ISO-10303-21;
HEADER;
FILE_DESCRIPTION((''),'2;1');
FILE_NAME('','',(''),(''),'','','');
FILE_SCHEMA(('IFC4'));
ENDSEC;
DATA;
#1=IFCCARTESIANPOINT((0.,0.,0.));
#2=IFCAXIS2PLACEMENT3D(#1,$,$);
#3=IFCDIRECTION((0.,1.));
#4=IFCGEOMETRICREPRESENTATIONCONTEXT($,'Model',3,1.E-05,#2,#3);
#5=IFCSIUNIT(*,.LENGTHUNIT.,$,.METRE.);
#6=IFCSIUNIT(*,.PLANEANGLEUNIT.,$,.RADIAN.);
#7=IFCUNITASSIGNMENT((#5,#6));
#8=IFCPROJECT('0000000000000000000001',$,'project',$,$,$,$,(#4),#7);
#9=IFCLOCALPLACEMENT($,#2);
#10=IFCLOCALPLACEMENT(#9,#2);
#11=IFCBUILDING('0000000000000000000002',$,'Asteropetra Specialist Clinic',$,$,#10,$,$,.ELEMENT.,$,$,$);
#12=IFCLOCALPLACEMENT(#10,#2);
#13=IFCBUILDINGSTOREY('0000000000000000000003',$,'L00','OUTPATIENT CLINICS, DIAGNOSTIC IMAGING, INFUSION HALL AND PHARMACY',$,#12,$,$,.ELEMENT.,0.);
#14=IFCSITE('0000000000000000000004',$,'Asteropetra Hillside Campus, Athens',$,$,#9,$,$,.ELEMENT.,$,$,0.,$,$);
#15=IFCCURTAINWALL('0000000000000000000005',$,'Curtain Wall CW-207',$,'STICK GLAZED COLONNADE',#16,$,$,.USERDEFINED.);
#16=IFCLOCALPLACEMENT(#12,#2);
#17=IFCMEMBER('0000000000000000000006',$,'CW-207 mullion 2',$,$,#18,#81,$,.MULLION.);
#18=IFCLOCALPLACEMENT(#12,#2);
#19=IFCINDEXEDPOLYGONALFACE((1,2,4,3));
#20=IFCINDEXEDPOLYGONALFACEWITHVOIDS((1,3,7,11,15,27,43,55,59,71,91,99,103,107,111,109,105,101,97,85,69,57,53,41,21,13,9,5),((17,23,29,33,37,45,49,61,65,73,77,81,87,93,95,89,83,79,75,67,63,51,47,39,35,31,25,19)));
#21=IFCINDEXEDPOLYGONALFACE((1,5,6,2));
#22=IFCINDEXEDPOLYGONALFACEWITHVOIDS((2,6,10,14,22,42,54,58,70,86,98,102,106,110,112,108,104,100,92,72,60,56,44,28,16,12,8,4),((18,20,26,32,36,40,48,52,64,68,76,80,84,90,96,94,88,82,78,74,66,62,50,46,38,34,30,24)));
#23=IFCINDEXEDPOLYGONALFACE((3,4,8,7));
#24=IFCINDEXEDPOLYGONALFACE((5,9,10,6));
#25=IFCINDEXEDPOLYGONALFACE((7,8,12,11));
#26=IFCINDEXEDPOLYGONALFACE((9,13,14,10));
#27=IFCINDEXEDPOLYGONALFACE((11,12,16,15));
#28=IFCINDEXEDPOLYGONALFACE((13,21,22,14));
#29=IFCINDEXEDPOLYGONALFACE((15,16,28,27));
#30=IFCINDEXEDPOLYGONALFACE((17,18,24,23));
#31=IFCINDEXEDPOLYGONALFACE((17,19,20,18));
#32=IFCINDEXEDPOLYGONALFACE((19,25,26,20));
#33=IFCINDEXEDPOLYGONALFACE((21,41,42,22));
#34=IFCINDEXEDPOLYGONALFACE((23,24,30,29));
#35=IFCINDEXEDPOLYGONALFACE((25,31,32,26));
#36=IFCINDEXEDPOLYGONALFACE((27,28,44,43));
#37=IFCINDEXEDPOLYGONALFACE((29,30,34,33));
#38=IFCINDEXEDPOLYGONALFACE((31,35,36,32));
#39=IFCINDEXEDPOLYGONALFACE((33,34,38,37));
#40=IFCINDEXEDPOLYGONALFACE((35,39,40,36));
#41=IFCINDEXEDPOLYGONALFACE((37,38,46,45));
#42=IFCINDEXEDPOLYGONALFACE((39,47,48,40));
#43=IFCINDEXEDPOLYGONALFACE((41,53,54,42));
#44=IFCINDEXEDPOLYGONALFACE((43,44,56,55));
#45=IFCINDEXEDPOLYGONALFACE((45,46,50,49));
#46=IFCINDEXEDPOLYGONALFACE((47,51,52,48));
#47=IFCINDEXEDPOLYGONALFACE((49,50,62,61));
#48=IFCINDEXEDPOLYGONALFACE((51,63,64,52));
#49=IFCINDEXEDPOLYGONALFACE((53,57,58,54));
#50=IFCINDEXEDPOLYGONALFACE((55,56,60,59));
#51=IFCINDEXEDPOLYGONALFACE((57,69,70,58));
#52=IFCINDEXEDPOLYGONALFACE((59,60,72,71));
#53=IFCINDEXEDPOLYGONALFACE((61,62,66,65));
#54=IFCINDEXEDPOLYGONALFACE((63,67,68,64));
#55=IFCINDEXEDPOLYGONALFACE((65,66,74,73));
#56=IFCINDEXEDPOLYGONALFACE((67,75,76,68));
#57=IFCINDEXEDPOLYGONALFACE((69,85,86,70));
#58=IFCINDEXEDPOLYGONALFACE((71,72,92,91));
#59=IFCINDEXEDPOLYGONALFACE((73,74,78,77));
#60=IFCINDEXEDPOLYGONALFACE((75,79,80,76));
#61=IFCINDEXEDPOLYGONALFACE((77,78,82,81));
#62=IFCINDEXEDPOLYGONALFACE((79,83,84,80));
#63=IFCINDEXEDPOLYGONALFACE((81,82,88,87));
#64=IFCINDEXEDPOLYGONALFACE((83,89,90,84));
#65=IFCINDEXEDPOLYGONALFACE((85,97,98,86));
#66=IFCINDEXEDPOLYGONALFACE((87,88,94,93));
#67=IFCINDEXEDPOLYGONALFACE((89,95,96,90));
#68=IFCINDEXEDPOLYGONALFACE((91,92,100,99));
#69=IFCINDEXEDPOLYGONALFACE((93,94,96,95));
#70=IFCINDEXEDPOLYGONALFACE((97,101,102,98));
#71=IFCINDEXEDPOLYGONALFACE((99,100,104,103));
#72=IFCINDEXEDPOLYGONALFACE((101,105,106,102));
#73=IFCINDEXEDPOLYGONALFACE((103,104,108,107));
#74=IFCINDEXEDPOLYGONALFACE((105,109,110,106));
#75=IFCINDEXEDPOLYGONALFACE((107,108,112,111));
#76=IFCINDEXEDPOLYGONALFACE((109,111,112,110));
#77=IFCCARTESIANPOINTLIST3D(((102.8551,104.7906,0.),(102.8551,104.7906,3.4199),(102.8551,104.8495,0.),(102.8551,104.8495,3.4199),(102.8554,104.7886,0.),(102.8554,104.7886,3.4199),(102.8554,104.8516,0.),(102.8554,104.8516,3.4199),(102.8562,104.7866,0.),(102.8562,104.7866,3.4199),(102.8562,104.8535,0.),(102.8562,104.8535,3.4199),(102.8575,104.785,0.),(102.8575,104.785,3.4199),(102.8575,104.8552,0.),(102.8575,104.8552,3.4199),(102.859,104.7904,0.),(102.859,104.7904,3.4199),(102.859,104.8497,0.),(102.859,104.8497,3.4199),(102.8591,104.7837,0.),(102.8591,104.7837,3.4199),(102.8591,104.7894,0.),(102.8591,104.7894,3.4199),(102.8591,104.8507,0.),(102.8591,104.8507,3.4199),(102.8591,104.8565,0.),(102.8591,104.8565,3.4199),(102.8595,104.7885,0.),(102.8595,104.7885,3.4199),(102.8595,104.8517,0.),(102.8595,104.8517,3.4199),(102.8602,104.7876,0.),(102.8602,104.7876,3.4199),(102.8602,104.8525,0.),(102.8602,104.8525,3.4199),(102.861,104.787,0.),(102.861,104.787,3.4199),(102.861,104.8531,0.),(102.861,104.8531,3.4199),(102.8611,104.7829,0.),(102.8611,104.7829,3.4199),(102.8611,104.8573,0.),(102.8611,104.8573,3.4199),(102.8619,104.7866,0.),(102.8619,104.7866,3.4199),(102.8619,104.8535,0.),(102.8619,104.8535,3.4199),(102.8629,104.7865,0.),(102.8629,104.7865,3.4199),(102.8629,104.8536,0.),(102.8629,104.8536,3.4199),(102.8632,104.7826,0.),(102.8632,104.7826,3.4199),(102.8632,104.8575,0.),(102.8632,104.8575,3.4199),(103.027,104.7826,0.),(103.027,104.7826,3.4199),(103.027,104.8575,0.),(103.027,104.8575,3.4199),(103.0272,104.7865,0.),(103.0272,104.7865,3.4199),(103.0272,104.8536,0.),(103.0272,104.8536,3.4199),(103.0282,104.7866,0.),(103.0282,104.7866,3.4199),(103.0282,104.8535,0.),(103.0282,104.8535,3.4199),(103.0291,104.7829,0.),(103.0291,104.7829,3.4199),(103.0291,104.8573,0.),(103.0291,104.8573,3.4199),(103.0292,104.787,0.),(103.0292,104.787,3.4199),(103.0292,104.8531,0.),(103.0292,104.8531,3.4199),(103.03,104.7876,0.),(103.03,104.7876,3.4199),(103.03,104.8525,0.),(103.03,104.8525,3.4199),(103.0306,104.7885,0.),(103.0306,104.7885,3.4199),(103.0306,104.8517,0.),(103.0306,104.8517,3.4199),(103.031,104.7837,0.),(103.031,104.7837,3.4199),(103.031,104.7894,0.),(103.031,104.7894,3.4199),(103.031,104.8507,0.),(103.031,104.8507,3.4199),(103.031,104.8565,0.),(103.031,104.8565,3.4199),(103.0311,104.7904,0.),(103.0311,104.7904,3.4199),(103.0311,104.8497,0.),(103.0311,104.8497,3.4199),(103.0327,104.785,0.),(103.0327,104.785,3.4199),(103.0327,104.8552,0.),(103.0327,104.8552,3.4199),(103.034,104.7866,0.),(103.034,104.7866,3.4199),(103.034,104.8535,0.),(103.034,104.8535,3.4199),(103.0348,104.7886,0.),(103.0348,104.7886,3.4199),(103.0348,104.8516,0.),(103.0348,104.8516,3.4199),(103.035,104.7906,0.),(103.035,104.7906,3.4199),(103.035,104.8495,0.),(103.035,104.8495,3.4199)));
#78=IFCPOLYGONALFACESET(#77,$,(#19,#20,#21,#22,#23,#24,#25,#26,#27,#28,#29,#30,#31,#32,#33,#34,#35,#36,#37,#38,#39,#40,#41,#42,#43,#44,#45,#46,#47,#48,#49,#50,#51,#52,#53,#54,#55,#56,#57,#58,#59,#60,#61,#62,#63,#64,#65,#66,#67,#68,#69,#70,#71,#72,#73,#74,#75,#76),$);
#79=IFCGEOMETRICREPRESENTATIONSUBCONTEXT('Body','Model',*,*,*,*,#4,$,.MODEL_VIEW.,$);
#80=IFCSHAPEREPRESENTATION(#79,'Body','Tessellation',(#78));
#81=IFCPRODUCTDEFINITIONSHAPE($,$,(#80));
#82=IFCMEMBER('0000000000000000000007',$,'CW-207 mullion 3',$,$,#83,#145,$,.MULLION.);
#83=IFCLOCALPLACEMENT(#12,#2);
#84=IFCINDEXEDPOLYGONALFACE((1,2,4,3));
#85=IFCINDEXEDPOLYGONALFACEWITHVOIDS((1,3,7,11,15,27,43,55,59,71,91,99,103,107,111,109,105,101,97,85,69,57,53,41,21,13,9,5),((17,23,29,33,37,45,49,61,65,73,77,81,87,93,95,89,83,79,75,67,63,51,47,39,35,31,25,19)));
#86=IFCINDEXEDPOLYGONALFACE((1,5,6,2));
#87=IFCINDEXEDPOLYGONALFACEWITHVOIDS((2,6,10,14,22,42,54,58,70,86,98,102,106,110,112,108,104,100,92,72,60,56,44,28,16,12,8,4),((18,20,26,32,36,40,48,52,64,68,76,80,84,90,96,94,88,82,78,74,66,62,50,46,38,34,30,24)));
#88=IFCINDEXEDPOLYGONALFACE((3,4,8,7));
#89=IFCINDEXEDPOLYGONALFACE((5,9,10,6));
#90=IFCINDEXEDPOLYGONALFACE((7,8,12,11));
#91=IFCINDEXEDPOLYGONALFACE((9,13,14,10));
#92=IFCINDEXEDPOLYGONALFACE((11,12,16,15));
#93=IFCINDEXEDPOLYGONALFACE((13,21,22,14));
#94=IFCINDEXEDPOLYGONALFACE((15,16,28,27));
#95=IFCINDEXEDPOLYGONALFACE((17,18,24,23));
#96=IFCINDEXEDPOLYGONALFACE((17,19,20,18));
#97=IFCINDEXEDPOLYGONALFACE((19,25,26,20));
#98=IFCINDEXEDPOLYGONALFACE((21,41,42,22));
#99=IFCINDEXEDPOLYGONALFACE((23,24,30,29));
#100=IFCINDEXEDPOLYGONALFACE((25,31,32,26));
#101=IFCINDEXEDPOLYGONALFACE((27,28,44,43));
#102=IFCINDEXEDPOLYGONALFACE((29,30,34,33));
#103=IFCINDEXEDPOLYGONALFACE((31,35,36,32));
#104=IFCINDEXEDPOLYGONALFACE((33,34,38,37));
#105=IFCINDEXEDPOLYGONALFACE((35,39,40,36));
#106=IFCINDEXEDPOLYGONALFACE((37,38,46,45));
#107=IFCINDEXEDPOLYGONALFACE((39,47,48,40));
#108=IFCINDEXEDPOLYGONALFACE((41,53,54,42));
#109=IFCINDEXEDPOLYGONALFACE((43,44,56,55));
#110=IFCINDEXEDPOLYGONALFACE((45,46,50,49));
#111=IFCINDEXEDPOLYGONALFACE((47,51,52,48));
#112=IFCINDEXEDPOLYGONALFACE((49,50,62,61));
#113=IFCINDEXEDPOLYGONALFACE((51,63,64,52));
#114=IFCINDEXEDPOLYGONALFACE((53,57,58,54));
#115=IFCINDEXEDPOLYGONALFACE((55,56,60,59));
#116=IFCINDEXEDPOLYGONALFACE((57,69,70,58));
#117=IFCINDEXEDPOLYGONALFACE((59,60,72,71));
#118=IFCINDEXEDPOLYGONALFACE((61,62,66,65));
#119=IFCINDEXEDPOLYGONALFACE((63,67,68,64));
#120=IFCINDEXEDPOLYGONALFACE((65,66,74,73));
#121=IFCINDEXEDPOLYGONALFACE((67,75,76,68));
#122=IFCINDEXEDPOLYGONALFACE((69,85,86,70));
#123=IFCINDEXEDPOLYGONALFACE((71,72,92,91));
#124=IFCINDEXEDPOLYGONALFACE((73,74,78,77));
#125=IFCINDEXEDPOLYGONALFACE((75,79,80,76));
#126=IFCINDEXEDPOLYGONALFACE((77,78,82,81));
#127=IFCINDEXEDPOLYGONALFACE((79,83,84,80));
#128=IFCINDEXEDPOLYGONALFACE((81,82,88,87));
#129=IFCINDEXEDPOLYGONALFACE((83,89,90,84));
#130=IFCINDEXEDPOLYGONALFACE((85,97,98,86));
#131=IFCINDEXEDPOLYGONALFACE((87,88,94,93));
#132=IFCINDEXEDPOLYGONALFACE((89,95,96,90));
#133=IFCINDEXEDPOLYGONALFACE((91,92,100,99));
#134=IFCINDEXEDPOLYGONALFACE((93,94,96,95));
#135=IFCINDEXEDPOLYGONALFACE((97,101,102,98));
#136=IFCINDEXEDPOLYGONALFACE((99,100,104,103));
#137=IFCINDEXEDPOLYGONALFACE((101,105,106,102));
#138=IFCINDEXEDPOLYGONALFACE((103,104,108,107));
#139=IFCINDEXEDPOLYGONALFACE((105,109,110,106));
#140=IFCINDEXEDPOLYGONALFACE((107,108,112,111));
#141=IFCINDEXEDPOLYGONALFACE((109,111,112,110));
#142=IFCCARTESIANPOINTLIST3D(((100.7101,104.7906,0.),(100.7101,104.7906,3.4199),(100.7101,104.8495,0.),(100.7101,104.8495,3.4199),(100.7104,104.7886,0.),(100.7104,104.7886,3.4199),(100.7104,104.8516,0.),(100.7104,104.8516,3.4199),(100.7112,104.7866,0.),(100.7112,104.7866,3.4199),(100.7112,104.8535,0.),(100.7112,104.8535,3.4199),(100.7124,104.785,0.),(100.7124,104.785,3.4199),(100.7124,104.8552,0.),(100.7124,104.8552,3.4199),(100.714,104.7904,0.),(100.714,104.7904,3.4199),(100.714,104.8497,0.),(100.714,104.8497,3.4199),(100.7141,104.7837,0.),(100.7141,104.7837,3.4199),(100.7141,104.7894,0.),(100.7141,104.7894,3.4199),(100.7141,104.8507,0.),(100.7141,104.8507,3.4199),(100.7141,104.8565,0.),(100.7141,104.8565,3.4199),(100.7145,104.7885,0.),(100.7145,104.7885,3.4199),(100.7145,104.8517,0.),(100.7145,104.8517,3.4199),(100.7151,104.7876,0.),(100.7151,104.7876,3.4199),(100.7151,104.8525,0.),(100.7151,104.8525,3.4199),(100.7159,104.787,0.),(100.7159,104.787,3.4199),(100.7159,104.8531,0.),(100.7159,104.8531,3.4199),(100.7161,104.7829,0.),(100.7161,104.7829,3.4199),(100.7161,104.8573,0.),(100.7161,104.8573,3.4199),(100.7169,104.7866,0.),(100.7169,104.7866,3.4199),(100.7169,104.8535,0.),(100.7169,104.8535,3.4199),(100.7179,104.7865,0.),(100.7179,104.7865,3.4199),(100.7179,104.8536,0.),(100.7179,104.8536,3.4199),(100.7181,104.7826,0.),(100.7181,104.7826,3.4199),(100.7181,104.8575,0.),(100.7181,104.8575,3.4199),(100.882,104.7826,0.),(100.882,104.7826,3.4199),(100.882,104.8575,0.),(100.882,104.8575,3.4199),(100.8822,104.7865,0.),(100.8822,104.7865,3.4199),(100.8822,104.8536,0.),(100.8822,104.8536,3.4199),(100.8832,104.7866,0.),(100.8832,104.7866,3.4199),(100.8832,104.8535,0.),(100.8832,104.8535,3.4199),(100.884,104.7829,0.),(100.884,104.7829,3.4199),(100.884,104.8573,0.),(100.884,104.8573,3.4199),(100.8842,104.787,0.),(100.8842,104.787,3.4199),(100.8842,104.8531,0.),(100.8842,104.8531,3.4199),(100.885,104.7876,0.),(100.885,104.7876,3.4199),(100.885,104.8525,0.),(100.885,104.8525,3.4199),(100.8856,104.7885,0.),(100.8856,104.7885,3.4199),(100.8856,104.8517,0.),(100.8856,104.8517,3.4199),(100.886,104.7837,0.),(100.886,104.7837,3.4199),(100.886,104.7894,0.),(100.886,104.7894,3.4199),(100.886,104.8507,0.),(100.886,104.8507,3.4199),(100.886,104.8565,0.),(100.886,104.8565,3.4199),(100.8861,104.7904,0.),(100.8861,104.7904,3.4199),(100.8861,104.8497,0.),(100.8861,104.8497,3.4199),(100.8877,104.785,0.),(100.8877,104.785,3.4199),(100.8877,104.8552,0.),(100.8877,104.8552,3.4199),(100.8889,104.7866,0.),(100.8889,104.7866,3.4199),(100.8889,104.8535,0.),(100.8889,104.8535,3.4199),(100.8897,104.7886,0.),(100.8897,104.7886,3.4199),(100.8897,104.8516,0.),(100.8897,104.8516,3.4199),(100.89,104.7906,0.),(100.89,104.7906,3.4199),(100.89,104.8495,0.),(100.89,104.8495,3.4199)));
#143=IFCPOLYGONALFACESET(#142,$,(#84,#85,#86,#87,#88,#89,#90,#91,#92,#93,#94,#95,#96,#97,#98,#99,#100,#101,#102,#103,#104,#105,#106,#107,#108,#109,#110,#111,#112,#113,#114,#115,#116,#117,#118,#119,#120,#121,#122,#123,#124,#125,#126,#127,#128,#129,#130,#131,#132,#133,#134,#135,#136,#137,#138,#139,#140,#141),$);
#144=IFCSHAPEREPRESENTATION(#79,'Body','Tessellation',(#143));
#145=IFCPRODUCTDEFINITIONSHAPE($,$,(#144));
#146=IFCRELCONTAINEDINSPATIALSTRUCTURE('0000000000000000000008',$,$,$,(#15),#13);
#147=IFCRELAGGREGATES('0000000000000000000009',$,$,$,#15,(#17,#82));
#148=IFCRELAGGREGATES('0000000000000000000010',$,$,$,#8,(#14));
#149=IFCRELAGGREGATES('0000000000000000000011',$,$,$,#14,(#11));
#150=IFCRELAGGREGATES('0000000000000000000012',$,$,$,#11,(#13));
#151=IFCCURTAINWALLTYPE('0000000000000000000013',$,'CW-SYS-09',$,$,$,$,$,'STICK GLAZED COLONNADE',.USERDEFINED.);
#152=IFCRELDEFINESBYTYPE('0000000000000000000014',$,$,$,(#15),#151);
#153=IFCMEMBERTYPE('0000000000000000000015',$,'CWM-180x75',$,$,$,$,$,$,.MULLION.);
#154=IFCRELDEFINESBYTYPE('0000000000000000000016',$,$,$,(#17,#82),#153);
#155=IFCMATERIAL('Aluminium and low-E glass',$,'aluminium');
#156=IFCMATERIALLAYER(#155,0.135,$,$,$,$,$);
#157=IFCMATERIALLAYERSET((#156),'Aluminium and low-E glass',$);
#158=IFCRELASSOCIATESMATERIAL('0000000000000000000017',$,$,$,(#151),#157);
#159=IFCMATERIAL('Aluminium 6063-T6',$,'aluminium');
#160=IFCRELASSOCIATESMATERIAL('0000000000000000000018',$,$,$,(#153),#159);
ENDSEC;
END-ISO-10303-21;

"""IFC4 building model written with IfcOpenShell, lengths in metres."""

from ifc_helpers import new_model, si_unit, direction, frame, origin, origin_2d, place, context, subcontext, project, spatial, hollow_rectangle, extrude, material, layer, layer_set, material_profile, profile_set, type_object, element, aggregate, save


model = new_model("IFC4")

# Units and contexts
model_context = context("Model", 3, precision=1e-05, world=origin(), true_north=direction((0.0, 1.0)))
body_context = subcontext(model_context, "Body", "Model", "MODEL_VIEW")
ifc_project = project(units=[si_unit("LENGTHUNIT", "METRE"), si_unit("PLANEANGLEUNIT", "RADIAN")], contexts=[model_context])

# Site, building, storey
site_placement = place(None, origin())
site = spatial("IfcSite", under=ifc_project, at=site_placement, Name="Asteropetra Hillside Campus, Athens", CompositionType="ELEMENT", RefElevation=0.0)
building_placement = place(site_placement, origin())
building = spatial("IfcBuilding", under=site, at=building_placement, Name="Asteropetra Specialist Clinic", CompositionType="ELEMENT")
storey_placement = place(building_placement, origin())
storey = spatial("IfcBuildingStorey", under=building, at=storey_placement, Name="L00", Description="OUTPATIENT CLINICS, DIAGNOSTIC IMAGING, INFUSION HALL AND PHARMACY", CompositionType="ELEMENT", Elevation=0.0)

# Curtain wall, members
ifc_material_1 = material(Name="Aluminium and low-E glass", Category="aluminium")
ifc_layer_1 = layer(ifc_material_1, 0.135)
ifc_layer_set_1 = layer_set([ifc_layer_1], Name="Aluminium and low-E glass")
curtain_wall_type = type_object("IfcCurtainWallType", Name="CW-SYS-09", ElementType="STICK GLAZED COLONNADE", PredefinedType="USERDEFINED", material=ifc_layer_set_1)
curtain_wall_placement = place(storey_placement, origin())
curtain_wall = element("IfcCurtainWall", 1, at=curtain_wall_placement, inside=storey, type_object=curtain_wall_type, Name="Curtain Wall CW-207", ObjectType="STICK GLAZED COLONNADE", PredefinedType="USERDEFINED")
ifc_material_2 = material(Name="Aluminium 6063-T6", Category="aluminium")
ifc_material_profile_1 = material_profile(ifc_material_2, hollow_rectangle(XDim=0.075, YDim=0.1799, WallThickness=0.0039, InnerFilletRadius=0.0039, OuterFilletRadius=0.0081, at=origin_2d()), Name="MUL 180x75x4.0")
ifc_profile_set_1 = profile_set([ifc_material_profile_1], Name="Aluminium 6063-T6")
member_type_1 = type_object("IfcMemberType", Name="CWM-180x75", PredefinedType="MULLION", material=ifc_profile_set_1)
member_1_placement = place(storey_placement, frame((102.9451, 104.8201, 0.0), z_axis=(0.0, 0.0, 1.0), x_axis=(0.0, -1.0, 0.0)))
member_1 = element("IfcMember", 2, at=member_1_placement, type_object=member_type_1, Name="CW-207 mullion 2", PredefinedType="MULLION", context=body_context, shape_type="SweptSolid", body=[
    extrude(hollow_rectangle(XDim=0.075, YDim=0.1799, WallThickness=0.0039, InnerFilletRadius=0.0039, OuterFilletRadius=0.0081, at=origin_2d()), origin(), (0.0, 0.0, 1.0), 3.4199),
])
member_2_placement = place(storey_placement, frame((100.8, 104.8201, 0.0), z_axis=(0.0, 0.0, 1.0), x_axis=(0.0, -1.0, 0.0)))
member_2 = element("IfcMember", 3, at=member_2_placement, type_object=member_type_1, Name="CW-207 mullion 3", PredefinedType="MULLION", context=body_context, shape_type="SweptSolid", body=[
    extrude(hollow_rectangle(XDim=0.075, YDim=0.1799, WallThickness=0.0039, InnerFilletRadius=0.0039, OuterFilletRadius=0.0081, at=origin_2d()), origin(), (0.0, 0.0, 1.0), 3.4199),
])
aggregate(curtain_wall, [member_1, member_2])

save(model, "model.ifc")
